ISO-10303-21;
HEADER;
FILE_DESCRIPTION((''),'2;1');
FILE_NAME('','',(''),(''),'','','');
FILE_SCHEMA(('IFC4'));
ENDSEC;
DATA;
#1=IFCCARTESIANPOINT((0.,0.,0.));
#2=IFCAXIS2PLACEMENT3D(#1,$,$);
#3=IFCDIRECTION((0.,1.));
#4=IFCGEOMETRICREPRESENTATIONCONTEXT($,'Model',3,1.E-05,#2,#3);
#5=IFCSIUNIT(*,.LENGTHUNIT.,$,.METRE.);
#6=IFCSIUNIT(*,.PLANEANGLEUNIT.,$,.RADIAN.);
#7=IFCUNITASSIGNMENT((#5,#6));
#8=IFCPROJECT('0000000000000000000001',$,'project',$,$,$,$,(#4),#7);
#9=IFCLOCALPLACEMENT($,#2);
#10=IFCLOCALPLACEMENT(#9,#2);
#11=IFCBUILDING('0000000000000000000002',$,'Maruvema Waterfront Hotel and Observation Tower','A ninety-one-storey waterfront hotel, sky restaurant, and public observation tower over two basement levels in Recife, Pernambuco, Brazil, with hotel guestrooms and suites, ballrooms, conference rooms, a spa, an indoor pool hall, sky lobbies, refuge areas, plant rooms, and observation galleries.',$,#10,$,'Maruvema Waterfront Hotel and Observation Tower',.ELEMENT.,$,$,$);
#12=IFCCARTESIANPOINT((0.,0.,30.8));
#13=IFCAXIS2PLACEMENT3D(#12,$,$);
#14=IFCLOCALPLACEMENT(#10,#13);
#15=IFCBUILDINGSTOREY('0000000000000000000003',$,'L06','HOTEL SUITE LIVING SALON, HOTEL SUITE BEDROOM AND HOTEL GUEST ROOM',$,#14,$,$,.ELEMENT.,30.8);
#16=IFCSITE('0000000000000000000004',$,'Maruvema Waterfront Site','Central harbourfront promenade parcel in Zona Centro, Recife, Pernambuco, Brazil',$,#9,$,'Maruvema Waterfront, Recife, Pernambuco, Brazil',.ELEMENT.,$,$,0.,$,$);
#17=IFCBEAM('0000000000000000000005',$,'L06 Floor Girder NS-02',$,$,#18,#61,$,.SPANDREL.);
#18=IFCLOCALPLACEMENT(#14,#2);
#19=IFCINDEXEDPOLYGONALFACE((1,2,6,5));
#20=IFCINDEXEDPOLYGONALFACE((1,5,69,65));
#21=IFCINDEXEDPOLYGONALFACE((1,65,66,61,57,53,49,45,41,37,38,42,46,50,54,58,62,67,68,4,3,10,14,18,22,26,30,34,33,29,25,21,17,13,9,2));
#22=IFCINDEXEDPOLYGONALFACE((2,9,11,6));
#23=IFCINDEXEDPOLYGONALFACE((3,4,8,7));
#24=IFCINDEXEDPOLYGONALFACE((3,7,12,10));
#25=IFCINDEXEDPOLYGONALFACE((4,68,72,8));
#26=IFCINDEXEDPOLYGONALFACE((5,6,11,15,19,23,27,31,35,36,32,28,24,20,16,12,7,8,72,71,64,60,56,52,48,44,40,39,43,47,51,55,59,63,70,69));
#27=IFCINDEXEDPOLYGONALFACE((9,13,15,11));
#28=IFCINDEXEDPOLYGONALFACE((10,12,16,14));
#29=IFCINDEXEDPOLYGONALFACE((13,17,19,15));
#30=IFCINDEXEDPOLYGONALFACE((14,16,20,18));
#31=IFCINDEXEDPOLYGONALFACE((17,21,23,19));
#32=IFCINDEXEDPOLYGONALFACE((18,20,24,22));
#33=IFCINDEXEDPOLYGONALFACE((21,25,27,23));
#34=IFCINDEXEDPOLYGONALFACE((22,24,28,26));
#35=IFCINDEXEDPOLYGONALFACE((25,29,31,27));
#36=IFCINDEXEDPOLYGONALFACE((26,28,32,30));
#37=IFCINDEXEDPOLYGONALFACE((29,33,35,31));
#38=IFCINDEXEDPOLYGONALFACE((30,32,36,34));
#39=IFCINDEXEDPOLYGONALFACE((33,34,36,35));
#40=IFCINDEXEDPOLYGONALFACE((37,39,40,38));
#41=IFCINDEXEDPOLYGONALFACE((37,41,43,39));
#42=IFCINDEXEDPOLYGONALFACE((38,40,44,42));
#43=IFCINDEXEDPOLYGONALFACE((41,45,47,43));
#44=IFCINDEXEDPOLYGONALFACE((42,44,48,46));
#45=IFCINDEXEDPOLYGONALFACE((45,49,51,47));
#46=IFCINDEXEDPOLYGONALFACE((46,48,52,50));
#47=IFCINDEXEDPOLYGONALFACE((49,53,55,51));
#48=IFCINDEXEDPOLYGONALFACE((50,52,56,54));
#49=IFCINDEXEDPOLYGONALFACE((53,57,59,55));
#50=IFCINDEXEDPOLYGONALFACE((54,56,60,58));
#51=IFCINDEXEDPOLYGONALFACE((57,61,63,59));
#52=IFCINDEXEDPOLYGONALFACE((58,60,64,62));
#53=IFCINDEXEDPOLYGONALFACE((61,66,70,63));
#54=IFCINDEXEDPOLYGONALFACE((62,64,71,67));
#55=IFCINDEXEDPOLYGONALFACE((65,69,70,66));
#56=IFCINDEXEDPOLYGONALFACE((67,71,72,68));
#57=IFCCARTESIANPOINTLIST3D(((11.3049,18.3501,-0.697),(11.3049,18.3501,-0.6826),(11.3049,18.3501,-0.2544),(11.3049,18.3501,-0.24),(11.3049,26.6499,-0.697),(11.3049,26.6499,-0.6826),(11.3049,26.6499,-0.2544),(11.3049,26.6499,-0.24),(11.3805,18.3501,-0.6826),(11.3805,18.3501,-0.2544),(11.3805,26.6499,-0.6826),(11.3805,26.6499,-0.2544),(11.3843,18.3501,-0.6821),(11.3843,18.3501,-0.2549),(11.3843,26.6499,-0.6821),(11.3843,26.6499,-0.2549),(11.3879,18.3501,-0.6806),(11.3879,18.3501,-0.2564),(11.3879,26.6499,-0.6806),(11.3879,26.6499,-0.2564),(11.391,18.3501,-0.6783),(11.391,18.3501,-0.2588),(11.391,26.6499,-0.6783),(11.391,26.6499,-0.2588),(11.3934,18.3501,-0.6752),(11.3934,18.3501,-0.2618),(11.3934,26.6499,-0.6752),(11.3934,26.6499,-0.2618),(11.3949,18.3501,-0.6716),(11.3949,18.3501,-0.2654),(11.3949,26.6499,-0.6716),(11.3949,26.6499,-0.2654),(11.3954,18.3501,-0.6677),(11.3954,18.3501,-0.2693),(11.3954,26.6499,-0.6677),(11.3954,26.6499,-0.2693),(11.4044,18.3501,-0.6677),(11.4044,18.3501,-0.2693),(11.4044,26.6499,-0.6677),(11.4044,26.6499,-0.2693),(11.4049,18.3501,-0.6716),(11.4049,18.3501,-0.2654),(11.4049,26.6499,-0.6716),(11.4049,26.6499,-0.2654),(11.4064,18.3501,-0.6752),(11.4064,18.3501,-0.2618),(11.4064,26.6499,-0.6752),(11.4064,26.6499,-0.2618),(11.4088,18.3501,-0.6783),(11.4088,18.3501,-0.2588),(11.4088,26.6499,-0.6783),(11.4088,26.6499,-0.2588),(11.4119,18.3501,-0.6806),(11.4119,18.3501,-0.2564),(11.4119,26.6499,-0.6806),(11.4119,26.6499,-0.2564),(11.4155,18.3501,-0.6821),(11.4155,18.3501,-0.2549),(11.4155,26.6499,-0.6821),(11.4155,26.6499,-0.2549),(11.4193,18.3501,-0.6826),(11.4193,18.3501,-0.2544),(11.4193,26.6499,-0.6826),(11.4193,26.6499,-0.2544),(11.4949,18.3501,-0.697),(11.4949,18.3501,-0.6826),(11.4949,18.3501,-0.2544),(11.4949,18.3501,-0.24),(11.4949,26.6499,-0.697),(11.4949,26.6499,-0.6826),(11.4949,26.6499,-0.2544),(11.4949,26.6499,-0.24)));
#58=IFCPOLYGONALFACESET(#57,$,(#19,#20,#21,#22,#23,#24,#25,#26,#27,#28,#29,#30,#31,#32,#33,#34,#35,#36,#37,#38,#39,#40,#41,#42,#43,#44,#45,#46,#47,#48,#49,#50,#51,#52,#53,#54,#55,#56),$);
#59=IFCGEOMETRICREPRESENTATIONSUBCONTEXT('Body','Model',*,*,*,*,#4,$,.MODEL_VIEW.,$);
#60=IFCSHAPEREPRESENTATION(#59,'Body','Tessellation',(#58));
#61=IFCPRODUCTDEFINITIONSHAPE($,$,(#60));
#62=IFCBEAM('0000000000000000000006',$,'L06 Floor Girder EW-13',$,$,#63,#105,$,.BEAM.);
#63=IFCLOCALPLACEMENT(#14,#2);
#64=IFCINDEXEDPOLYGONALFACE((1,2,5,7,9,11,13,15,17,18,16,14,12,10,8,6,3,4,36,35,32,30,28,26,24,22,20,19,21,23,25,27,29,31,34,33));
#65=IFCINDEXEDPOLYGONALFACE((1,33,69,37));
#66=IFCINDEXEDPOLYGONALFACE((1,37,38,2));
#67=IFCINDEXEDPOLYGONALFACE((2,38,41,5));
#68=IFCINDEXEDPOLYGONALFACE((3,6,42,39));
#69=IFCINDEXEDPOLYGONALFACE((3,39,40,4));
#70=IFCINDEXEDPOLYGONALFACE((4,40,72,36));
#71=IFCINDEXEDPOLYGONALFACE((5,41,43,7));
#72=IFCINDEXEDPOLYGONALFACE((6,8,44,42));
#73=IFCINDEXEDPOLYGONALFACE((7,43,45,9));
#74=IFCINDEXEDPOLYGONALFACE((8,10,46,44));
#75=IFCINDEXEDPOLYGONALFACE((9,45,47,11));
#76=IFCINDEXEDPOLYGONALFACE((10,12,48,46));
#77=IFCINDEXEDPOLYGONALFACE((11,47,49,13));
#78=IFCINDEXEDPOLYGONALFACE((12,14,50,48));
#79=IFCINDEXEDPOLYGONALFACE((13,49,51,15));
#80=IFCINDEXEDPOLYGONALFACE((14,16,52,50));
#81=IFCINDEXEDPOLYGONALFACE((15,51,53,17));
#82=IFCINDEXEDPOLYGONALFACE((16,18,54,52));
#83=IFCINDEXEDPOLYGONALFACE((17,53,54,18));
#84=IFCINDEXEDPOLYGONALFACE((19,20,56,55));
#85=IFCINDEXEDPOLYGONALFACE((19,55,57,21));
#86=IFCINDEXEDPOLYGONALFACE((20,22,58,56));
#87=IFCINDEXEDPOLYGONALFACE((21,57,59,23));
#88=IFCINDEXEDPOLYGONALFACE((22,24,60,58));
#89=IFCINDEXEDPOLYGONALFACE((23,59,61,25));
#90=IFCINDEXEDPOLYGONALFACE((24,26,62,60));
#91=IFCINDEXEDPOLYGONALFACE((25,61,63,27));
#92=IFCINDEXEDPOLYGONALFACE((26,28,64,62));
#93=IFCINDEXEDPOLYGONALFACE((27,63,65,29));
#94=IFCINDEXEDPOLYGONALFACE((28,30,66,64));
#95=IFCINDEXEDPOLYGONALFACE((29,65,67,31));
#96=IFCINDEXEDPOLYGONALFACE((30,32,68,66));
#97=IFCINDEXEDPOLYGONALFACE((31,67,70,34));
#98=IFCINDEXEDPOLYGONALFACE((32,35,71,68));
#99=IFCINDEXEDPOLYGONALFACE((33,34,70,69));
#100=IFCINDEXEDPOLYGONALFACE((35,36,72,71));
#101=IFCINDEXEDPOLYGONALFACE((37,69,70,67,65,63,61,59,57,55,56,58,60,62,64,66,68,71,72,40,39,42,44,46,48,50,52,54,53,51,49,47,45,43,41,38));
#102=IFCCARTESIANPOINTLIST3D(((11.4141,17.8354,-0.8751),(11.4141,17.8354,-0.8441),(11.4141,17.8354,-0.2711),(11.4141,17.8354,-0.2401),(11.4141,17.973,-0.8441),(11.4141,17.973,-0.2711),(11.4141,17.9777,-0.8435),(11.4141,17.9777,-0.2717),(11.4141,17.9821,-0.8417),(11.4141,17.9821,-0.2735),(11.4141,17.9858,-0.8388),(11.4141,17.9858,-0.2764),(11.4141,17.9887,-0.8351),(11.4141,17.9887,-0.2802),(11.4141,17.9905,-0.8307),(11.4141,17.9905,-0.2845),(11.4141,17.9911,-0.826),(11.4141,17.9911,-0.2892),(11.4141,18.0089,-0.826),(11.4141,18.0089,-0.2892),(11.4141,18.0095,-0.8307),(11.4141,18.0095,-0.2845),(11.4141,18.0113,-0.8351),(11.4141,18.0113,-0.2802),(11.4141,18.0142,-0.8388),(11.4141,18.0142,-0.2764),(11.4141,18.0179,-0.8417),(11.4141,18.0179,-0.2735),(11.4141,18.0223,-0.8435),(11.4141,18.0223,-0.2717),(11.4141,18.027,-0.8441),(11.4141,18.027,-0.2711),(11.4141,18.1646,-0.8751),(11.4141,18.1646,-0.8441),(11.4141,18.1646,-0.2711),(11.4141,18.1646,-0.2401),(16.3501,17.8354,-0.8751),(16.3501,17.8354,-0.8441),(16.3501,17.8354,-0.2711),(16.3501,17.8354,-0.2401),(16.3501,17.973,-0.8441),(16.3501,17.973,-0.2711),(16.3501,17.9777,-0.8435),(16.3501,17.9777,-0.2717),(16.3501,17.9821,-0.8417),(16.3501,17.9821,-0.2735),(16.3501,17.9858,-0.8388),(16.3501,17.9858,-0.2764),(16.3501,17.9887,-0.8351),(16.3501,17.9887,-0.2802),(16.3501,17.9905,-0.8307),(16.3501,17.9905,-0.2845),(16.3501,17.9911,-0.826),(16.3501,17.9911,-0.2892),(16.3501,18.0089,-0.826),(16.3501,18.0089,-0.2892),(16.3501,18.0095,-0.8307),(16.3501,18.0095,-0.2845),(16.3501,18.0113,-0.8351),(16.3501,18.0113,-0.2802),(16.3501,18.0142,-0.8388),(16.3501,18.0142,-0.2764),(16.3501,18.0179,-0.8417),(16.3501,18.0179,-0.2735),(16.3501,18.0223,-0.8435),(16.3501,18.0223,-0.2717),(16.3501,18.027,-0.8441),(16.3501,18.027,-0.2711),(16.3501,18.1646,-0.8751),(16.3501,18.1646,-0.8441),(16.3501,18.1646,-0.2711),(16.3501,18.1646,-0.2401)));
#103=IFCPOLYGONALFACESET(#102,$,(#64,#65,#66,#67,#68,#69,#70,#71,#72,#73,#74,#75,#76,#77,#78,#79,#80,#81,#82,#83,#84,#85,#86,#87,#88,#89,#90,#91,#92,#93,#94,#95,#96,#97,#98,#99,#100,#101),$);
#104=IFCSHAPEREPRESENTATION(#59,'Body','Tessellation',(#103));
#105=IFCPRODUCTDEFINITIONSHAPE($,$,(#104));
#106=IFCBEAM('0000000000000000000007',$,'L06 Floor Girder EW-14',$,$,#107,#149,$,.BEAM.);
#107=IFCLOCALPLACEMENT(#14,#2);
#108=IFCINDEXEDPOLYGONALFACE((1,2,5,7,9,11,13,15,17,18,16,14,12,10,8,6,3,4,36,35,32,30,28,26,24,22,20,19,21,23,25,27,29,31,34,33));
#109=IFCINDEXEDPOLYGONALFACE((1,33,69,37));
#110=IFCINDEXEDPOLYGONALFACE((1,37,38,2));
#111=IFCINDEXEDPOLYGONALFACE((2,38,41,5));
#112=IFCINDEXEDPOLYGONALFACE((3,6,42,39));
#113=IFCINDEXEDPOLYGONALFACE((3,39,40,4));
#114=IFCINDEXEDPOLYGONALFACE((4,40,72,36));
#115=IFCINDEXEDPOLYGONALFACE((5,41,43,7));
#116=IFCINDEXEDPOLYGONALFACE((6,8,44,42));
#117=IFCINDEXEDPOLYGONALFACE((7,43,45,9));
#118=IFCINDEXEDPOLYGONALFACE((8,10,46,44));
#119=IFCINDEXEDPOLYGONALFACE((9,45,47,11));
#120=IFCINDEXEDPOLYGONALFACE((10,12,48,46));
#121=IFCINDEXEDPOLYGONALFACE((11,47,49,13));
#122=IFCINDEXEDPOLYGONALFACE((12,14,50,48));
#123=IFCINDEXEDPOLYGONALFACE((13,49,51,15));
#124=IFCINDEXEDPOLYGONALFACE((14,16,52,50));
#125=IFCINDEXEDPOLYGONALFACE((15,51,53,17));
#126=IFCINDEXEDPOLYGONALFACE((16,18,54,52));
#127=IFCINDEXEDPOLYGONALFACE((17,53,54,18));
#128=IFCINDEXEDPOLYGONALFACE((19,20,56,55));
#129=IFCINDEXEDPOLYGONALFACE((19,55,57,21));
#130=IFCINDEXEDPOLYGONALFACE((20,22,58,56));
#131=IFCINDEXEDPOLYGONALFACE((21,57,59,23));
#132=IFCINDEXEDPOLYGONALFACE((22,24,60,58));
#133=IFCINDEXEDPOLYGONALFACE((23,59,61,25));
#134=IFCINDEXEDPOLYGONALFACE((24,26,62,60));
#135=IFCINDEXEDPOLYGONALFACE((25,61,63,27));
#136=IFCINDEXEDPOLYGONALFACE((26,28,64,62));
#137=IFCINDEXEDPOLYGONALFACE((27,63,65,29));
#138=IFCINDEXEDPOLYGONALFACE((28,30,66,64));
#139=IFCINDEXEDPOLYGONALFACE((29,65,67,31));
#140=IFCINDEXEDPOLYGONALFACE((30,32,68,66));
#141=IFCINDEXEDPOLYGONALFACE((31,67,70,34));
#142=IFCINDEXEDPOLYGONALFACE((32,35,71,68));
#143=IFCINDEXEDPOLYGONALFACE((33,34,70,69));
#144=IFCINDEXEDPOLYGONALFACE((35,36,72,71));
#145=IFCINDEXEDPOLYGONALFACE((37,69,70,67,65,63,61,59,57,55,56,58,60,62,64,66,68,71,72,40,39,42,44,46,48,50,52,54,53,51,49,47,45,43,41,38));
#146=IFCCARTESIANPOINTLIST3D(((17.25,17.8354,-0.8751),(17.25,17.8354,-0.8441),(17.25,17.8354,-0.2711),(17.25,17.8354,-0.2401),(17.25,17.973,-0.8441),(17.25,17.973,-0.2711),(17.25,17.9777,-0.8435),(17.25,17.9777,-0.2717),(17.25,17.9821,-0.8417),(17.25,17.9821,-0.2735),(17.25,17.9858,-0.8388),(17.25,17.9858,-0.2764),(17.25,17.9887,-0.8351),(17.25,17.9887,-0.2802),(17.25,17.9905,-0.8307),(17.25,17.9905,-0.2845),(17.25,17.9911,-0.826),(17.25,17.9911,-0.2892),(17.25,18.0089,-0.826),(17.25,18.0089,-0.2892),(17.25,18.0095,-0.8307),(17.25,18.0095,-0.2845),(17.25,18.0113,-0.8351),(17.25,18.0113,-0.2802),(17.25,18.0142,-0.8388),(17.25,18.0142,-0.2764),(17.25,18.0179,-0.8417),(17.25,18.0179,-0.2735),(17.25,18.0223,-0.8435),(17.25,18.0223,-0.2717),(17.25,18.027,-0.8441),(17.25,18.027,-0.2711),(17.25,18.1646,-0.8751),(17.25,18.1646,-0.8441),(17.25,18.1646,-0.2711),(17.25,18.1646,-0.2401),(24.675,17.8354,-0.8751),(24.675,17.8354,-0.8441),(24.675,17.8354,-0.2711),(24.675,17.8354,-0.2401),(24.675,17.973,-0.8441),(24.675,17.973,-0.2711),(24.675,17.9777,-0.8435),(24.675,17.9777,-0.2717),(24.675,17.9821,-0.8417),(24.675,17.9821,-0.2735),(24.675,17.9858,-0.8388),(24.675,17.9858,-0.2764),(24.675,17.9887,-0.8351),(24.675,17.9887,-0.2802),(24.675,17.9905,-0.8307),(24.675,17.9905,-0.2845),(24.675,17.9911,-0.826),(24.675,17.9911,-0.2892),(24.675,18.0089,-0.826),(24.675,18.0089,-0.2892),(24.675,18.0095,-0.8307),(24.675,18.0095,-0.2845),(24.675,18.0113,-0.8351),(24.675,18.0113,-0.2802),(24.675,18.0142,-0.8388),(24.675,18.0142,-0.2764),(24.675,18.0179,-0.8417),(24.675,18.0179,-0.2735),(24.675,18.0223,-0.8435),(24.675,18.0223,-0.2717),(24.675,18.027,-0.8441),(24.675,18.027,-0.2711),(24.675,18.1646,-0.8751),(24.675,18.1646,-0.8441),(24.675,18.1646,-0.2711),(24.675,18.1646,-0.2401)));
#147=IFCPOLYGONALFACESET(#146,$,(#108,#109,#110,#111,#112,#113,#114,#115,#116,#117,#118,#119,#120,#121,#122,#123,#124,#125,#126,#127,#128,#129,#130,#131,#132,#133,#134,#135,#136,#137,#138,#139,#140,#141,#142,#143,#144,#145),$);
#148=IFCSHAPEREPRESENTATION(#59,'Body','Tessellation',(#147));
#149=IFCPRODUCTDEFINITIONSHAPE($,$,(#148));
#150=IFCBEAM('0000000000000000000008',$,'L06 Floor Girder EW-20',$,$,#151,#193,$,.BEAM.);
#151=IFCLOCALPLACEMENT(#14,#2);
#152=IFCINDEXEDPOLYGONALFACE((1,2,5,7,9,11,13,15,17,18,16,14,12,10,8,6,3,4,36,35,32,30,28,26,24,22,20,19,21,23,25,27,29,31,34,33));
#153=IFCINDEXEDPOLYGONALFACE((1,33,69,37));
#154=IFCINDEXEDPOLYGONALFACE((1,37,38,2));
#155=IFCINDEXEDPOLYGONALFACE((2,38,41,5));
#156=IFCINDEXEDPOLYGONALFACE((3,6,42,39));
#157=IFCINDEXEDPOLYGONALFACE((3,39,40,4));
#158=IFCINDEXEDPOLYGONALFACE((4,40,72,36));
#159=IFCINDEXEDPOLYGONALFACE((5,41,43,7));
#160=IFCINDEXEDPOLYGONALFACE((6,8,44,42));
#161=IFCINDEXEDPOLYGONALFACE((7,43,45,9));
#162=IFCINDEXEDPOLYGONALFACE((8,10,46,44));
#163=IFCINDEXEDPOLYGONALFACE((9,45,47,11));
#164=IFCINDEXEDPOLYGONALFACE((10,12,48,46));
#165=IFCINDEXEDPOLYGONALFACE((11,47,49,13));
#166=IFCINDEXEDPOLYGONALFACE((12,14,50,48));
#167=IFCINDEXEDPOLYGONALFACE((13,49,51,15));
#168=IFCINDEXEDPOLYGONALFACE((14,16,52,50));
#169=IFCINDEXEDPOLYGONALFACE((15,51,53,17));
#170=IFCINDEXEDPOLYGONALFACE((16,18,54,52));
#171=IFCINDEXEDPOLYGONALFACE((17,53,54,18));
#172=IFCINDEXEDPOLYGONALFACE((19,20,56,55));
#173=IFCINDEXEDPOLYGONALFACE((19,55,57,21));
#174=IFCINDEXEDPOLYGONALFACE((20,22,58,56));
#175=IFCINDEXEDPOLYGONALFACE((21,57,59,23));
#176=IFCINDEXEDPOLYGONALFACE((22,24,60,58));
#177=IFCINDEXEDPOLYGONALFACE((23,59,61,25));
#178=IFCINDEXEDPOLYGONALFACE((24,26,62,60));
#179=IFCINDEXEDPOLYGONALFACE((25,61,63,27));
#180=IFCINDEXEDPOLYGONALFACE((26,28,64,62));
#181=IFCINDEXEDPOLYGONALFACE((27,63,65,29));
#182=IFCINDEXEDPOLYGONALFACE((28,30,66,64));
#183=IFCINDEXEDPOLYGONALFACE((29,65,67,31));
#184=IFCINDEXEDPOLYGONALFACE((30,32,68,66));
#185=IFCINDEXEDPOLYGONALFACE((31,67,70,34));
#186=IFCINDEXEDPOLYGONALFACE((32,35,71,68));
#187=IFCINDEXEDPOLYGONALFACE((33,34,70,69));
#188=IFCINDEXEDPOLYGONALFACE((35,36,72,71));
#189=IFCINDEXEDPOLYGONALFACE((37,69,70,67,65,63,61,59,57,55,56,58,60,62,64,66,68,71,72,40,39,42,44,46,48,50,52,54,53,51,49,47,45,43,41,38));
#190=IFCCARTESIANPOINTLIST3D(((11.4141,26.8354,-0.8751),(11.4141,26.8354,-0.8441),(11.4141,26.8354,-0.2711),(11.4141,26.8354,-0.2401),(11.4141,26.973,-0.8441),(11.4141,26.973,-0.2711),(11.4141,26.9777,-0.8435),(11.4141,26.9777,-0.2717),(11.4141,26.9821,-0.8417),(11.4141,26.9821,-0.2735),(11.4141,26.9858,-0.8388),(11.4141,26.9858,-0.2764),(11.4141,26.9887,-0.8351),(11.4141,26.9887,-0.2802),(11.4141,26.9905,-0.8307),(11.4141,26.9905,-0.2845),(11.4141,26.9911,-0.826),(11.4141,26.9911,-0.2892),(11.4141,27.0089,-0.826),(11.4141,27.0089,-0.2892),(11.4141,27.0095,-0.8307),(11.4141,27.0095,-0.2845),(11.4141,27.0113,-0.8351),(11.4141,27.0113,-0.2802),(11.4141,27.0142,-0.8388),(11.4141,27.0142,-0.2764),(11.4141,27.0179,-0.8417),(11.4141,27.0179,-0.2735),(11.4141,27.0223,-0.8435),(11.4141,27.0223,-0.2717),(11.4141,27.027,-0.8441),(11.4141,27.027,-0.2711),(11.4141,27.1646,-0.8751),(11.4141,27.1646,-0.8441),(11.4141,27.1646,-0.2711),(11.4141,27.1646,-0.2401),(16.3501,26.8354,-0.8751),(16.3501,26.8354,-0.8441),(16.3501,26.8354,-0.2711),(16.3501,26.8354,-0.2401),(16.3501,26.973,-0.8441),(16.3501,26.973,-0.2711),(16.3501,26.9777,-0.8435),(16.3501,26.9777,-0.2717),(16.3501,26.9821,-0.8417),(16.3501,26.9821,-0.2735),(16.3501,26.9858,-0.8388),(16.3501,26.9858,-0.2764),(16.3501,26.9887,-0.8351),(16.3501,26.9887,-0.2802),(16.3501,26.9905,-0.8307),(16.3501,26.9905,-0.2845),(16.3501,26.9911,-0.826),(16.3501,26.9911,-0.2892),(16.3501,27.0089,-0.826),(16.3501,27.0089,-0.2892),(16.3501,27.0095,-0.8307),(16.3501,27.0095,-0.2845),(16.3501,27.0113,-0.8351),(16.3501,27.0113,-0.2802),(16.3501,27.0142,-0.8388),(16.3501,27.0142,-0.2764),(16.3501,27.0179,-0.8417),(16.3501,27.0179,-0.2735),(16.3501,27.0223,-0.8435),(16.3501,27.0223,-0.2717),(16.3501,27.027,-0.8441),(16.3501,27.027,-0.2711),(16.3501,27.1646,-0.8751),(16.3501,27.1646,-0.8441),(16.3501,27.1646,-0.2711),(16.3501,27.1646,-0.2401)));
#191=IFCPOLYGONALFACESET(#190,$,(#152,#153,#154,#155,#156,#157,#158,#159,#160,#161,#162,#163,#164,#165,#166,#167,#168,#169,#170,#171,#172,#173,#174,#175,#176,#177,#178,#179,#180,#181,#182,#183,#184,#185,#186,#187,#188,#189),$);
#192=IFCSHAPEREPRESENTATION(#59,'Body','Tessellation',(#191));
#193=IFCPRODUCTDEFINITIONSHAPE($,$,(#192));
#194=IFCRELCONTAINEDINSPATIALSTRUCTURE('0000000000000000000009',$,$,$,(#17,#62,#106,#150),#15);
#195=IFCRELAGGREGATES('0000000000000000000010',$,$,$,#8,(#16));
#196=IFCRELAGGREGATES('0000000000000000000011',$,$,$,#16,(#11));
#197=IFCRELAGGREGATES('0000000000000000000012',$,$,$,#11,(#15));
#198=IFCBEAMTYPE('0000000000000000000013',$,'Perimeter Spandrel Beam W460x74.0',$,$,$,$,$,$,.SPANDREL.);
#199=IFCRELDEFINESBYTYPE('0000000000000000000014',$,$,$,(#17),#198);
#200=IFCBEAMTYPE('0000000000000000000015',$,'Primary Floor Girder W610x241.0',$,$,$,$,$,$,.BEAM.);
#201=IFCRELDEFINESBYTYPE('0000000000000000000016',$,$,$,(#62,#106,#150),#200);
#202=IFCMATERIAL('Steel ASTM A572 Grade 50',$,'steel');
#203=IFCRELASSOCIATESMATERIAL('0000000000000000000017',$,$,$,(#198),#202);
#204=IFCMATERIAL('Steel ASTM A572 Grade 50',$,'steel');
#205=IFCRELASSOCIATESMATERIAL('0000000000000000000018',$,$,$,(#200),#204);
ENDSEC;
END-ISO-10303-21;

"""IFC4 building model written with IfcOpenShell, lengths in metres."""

from ifc_helpers import new_model, si_unit, direction, frame, origin, origin_2d, place, context, subcontext, project, spatial, i_section, extrude, material, material_profile, profile_set, type_object, element, save


model = new_model("IFC4")

# Units and contexts
model_context = context("Model", 3, precision=1e-05, world=origin(), true_north=direction((0.0, 1.0)))
body_context = subcontext(model_context, "Body", "Model", "MODEL_VIEW")
ifc_project = project(units=[si_unit("LENGTHUNIT", "METRE"), si_unit("PLANEANGLEUNIT", "RADIAN")], contexts=[model_context])

# Site, building, storey
site_placement = place(None, origin())
site = spatial("IfcSite", under=ifc_project, at=site_placement, Name="Maruvema Waterfront Site", Description="Central harbourfront promenade parcel in Zona Centro, Recife, Pernambuco, Brazil", LongName="Maruvema Waterfront, Recife, Pernambuco, Brazil", CompositionType="ELEMENT", RefElevation=0.0)
building_placement = place(site_placement, origin())
building = spatial("IfcBuilding", under=site, at=building_placement, Name="Maruvema Waterfront Hotel and Observation Tower", Description="A ninety-one-storey waterfront hotel, sky restaurant, and public observation tower over two basement levels in Recife, Pernambuco, Brazil, with hotel guestrooms and suites, ballrooms, conference rooms, a spa, an indoor pool hall, sky lobbies, refuge areas, plant rooms, and observation galleries.", LongName="Maruvema Waterfront Hotel and Observation Tower", CompositionType="ELEMENT")
storey_placement = place(building_placement, frame((0.0, 0.0, 30.8)))
storey = spatial("IfcBuildingStorey", under=building, at=storey_placement, Name="L06", Description="HOTEL SUITE LIVING SALON, HOTEL SUITE BEDROOM AND HOTEL GUEST ROOM", CompositionType="ELEMENT", Elevation=30.8)

# Beams
ifc_material_1 = material(Name="Steel ASTM A572 Grade 50", Category="steel")
ifc_material_profile_1 = material_profile(ifc_material_1, i_section(OverallWidth=0.1899, OverallDepth=0.457, WebThickness=0.009, FlangeThickness=0.0144, FilletRadius=0.0149, at=origin_2d()), Name="W460x74.0")
ifc_profile_set_1 = profile_set([ifc_material_profile_1], Name="Steel ASTM A572 Grade 50")
beam_type_1 = type_object("IfcBeamType", Name="Perimeter Spandrel Beam W460x74.0", PredefinedType="SPANDREL", material=ifc_profile_set_1)
beam_1_placement = place(storey_placement, frame((11.3999, 18.3501, -0.4685), z_axis=(0.0, 1.0, 0.0), x_axis=(-1.0, 0.0, 0.0)))
element("IfcBeam", 1, at=beam_1_placement, inside=storey, type_object=beam_type_1, Name="L06 Floor Girder NS-02", PredefinedType="SPANDREL", context=body_context, shape_type="SweptSolid", body=[
    extrude(i_section(OverallWidth=0.1899, OverallDepth=0.457, WebThickness=0.009, FlangeThickness=0.0144, FilletRadius=0.0149, at=origin_2d()), origin(), (0.0, 0.0, 1.0), 8.2998),
])
ifc_material_2 = material(Name="Steel ASTM A572 Grade 50", Category="steel")
ifc_material_profile_2 = material_profile(ifc_material_2, i_section(OverallWidth=0.3291, OverallDepth=0.635, WebThickness=0.0178, FlangeThickness=0.031, FilletRadius=0.0181, at=origin_2d()), Name="W610x241.0")
ifc_profile_set_2 = profile_set([ifc_material_profile_2], Name="Steel ASTM A572 Grade 50")
beam_type_2 = type_object("IfcBeamType", Name="Primary Floor Girder W610x241.0", PredefinedType="BEAM", material=ifc_profile_set_2)
beam_2_placement = place(storey_placement, frame((11.4141, 18.0, -0.5576), z_axis=(1.0, 0.0, 0.0), x_axis=(0.0, 1.0, 0.0)))
element("IfcBeam", 2, at=beam_2_placement, inside=storey, type_object=beam_type_2, Name="L06 Floor Girder EW-13", PredefinedType="BEAM", context=body_context, shape_type="SweptSolid", body=[
    extrude(i_section(OverallWidth=0.3291, OverallDepth=0.635, WebThickness=0.0178, FlangeThickness=0.031, FilletRadius=0.0181, at=origin_2d()), origin(), (0.0, 0.0, 1.0), 4.936),
])
beam_3_placement = place(storey_placement, frame((17.25, 18.0, -0.5576), z_axis=(1.0, 0.0, 0.0), x_axis=(0.0, 1.0, 0.0)))
element("IfcBeam", 3, at=beam_3_placement, inside=storey, type_object=beam_type_2, Name="L06 Floor Girder EW-14", PredefinedType="BEAM", context=body_context, shape_type="SweptSolid", body=[
    extrude(i_section(OverallWidth=0.3291, OverallDepth=0.635, WebThickness=0.0178, FlangeThickness=0.031, FilletRadius=0.0181, at=origin_2d()), origin(), (0.0, 0.0, 1.0), 7.425),
])
beam_4_placement = place(storey_placement, frame((11.4141, 27.0, -0.5576), z_axis=(1.0, 0.0, 0.0), x_axis=(0.0, 1.0, 0.0)))
element("IfcBeam", 4, at=beam_4_placement, inside=storey, type_object=beam_type_2, Name="L06 Floor Girder EW-20", PredefinedType="BEAM", context=body_context, shape_type="SweptSolid", body=[
    extrude(i_section(OverallWidth=0.3291, OverallDepth=0.635, WebThickness=0.0178, FlangeThickness=0.031, FilletRadius=0.0181, at=origin_2d()), origin(), (0.0, 0.0, 1.0), 4.936),
])

save(model, "model.ifc")
